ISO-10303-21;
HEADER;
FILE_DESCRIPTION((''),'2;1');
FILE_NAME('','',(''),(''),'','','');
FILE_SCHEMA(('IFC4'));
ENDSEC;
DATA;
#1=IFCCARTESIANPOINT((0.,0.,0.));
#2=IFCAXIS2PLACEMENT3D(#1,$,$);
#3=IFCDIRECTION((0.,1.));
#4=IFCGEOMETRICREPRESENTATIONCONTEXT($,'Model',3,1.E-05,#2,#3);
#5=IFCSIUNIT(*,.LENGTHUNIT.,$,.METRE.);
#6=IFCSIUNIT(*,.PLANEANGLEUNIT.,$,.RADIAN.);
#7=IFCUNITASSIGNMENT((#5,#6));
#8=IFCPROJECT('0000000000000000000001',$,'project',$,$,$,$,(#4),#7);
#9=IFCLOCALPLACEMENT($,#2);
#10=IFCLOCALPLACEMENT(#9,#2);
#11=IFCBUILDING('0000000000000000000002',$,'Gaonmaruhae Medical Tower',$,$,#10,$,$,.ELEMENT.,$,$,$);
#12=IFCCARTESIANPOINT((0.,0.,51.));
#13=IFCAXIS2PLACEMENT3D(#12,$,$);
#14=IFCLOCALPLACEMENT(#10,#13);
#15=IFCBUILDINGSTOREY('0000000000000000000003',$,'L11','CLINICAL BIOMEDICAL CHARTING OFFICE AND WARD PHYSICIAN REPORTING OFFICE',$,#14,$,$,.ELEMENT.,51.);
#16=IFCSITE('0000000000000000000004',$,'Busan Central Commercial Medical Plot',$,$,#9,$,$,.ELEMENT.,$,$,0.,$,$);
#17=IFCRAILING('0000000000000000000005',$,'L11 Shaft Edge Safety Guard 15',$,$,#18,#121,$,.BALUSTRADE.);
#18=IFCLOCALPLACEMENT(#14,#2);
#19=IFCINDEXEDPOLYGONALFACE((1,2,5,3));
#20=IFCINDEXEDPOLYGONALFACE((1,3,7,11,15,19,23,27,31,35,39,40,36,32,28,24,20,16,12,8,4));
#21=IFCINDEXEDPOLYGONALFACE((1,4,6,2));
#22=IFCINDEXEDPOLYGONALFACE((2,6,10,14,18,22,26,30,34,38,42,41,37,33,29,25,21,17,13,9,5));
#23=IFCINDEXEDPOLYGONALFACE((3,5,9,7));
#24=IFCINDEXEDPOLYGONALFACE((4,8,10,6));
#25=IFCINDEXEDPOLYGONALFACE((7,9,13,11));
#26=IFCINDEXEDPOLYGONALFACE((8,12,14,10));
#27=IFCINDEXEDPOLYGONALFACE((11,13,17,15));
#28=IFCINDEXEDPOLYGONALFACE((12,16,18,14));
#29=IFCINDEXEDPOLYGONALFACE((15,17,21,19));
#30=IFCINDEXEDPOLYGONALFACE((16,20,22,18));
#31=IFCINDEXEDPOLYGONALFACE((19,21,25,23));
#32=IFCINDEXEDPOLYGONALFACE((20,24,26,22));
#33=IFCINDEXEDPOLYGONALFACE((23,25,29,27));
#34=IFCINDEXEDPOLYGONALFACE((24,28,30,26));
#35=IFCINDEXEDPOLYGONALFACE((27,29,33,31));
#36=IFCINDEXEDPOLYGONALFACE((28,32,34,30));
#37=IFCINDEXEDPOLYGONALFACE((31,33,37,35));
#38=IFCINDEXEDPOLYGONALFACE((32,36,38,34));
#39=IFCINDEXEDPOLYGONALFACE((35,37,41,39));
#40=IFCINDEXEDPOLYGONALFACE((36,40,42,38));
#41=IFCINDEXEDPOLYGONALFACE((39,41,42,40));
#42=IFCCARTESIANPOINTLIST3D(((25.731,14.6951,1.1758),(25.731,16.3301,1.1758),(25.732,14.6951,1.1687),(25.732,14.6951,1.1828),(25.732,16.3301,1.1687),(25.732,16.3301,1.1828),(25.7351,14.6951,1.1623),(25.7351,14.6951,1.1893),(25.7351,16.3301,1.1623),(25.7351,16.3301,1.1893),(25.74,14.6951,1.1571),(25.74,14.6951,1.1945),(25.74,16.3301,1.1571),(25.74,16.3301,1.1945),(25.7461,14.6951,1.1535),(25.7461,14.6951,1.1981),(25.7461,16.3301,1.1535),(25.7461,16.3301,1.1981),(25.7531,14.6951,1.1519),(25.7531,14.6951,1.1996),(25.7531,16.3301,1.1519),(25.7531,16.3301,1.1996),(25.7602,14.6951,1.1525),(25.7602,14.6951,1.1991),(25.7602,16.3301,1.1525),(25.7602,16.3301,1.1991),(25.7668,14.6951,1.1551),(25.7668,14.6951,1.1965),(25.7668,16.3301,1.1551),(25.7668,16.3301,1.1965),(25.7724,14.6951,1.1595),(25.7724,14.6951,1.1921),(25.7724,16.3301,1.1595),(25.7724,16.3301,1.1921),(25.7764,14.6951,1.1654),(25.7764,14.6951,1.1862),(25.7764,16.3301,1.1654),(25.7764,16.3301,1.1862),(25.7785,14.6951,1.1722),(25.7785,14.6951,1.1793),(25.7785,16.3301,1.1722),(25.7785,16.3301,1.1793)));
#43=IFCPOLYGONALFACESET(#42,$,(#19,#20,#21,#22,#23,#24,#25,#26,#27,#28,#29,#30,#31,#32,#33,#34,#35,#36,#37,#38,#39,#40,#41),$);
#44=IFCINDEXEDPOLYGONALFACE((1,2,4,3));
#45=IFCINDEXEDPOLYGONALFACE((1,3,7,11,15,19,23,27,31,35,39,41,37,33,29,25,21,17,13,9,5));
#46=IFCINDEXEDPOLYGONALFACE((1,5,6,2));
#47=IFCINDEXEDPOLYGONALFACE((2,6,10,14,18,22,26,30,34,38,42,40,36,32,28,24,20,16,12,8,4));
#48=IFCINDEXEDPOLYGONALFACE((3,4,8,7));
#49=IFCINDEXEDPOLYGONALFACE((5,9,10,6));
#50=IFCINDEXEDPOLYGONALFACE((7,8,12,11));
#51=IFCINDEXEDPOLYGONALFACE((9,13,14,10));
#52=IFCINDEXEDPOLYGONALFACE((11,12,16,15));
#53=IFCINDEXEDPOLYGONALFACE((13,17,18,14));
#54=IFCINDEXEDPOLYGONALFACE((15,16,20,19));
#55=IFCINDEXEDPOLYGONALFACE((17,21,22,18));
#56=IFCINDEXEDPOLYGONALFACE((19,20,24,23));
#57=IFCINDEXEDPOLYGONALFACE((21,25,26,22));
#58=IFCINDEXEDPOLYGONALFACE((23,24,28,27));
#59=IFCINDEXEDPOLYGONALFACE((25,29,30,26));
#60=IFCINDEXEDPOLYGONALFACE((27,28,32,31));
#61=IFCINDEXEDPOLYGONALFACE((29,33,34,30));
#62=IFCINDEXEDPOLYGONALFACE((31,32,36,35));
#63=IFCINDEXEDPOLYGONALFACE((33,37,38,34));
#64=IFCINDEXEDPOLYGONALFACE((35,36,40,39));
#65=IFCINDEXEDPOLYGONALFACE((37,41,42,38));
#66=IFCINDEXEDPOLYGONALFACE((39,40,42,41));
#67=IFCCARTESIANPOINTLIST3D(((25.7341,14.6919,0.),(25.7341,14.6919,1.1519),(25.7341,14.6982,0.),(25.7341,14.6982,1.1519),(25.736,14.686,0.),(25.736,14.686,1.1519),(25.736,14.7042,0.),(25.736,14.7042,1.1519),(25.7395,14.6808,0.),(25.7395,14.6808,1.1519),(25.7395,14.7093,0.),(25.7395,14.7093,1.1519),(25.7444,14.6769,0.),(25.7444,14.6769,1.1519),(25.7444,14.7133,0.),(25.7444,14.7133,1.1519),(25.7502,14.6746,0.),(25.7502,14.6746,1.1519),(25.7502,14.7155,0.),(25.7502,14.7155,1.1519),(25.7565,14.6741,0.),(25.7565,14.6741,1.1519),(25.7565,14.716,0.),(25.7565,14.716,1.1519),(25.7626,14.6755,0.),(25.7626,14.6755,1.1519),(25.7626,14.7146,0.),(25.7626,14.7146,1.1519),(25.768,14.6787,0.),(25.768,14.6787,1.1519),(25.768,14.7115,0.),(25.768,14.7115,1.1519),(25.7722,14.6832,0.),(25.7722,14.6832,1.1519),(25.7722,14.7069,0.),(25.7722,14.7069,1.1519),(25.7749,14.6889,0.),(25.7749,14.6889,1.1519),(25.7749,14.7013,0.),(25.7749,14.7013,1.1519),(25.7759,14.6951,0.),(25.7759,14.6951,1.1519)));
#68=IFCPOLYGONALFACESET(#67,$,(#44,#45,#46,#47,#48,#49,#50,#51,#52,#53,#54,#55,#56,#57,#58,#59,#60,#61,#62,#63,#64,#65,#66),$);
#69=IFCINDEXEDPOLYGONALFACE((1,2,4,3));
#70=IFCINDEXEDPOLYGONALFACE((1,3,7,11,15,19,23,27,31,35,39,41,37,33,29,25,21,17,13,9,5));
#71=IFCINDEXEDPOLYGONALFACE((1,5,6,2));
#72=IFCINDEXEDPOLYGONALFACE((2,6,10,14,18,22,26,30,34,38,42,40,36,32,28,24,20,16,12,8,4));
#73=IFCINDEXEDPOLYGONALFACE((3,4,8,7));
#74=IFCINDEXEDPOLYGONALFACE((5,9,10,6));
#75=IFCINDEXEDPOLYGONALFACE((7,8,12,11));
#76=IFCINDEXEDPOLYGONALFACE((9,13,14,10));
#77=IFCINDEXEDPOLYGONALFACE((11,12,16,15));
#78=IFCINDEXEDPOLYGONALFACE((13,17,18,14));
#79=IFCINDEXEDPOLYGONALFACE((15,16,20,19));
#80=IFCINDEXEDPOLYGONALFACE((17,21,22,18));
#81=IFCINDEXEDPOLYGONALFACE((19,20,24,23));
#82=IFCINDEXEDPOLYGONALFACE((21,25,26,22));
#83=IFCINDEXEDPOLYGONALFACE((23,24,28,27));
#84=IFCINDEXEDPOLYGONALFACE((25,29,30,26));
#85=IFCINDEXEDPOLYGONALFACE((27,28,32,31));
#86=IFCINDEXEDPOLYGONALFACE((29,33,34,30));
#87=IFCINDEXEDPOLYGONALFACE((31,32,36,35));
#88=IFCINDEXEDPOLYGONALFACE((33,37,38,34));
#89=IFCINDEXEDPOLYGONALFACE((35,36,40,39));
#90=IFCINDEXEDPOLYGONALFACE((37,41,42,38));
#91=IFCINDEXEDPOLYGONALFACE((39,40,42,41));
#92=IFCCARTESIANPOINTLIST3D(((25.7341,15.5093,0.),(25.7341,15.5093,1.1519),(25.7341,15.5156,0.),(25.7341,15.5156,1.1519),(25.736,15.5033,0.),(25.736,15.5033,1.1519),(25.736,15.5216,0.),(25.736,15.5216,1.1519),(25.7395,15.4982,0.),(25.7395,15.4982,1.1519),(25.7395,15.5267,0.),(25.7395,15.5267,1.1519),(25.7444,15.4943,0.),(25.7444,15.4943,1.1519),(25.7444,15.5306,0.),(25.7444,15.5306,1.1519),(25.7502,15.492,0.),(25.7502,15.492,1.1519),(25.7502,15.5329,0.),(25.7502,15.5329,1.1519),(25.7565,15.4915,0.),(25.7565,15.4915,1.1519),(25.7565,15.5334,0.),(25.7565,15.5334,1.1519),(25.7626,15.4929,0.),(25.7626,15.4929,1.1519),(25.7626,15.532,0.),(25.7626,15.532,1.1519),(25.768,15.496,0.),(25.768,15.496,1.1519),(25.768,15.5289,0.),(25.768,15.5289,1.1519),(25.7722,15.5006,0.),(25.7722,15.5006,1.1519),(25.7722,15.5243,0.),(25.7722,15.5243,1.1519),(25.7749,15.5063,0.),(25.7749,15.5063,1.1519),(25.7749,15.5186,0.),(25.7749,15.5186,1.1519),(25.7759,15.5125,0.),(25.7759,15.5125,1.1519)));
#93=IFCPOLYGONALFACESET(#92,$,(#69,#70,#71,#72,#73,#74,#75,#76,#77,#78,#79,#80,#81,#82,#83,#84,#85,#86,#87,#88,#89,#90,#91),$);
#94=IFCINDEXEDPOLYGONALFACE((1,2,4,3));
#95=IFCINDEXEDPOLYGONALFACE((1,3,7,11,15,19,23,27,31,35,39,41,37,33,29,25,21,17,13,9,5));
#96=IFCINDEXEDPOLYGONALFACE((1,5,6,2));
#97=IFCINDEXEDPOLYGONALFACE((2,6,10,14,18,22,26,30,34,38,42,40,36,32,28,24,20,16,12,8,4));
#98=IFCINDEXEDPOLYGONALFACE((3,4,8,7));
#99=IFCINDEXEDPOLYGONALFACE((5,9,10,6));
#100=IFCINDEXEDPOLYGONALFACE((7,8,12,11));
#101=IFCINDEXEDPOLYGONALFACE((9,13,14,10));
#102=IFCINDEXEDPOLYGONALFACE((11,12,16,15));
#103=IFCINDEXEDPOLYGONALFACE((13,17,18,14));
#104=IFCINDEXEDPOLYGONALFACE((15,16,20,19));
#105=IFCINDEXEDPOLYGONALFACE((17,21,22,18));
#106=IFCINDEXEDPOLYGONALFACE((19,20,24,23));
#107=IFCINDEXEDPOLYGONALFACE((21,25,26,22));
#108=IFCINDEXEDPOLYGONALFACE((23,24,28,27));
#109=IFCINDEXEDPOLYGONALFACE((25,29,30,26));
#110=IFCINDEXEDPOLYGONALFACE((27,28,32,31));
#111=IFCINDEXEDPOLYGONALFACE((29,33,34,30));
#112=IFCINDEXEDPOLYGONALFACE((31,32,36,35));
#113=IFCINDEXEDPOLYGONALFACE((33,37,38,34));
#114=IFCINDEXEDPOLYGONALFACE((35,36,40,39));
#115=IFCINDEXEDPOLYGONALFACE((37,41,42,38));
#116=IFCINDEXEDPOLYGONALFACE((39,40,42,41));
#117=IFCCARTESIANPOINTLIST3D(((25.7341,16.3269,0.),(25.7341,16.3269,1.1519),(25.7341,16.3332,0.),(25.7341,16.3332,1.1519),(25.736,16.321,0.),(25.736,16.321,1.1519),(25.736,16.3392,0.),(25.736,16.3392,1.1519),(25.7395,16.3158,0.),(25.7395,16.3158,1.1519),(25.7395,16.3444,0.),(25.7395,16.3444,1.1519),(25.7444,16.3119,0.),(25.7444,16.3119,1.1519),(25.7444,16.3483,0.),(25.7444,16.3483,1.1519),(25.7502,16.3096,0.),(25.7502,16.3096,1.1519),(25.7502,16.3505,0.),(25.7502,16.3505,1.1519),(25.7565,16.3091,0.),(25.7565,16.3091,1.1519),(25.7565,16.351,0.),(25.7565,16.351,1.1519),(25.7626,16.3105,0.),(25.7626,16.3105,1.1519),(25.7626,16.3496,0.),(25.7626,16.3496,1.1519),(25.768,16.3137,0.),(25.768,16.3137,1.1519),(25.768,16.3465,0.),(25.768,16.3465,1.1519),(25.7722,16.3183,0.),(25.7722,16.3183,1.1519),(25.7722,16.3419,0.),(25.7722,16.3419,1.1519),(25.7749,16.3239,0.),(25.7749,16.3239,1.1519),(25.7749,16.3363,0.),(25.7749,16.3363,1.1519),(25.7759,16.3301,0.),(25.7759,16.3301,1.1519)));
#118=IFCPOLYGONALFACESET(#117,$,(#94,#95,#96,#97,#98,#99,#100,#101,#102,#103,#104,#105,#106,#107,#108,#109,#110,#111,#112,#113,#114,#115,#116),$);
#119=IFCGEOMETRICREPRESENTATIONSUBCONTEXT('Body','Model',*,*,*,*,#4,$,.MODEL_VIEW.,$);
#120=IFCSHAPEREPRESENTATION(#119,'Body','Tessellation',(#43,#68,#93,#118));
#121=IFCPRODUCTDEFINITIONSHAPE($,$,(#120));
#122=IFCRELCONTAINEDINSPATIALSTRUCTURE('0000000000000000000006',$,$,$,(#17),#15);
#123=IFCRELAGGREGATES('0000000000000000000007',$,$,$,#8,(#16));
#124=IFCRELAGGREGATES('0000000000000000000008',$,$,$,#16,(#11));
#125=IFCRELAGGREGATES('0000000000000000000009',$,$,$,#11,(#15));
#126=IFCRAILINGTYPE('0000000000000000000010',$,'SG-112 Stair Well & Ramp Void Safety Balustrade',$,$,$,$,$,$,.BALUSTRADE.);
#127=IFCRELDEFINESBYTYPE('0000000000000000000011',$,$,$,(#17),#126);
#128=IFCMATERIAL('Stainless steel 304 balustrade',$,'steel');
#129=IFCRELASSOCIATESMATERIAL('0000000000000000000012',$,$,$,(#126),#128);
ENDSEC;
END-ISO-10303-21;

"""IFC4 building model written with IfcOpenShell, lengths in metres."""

from ifc_helpers import new_model, si_unit, direction, frame, origin, origin_2d, place, context, subcontext, project, spatial, circle, extrude, material, type_object, element, save


model = new_model("IFC4")

# Units and contexts
model_context = context("Model", 3, precision=1e-05, world=origin(), true_north=direction((0.0, 1.0)))
body_context = subcontext(model_context, "Body", "Model", "MODEL_VIEW")
ifc_project = project(units=[si_unit("LENGTHUNIT", "METRE"), si_unit("PLANEANGLEUNIT", "RADIAN")], contexts=[model_context])

# Site, building, storey
site_placement = place(None, origin())
site = spatial("IfcSite", under=ifc_project, at=site_placement, Name="Busan Central Commercial Medical Plot", CompositionType="ELEMENT", RefElevation=0.0)
building_placement = place(site_placement, origin())
building = spatial("IfcBuilding", under=site, at=building_placement, Name="Gaonmaruhae Medical Tower", CompositionType="ELEMENT")
storey_placement = place(building_placement, frame((0.0, 0.0, 51.0)))
storey = spatial("IfcBuildingStorey", under=building, at=storey_placement, Name="L11", Description="CLINICAL BIOMEDICAL CHARTING OFFICE AND WARD PHYSICIAN REPORTING OFFICE", CompositionType="ELEMENT", Elevation=51.0)

# Railing
ifc_material_1 = material(Name="Stainless steel 304 balustrade", Category="steel")
railing_type = type_object("IfcRailingType", Name="SG-112 Stair Well & Ramp Void Safety Balustrade", PredefinedType="BALUSTRADE", material=ifc_material_1)
railing_1_placement = place(storey_placement, frame((25.7549, 14.6951, 0.0)))
element("IfcRailing", 1, at=railing_1_placement, inside=storey, type_object=railing_type, Name="L11 Shaft Edge Safety Guard 15", PredefinedType="BALUSTRADE", context=body_context, shape_type="SweptSolid", body=[
    extrude(circle(Radius=0.0239, at=origin_2d()), frame((0.0, 0.0, 1.1758), z_axis=(0.0, 1.0, 0.0), x_axis=(-1.0, 0.0, 0.0)), (0.0, 0.0, 1.0), 1.635),
    extrude(circle(Radius=0.021, at=origin_2d()), origin(), (0.0, 0.0, 1.0), 1.1519),
    extrude(circle(Radius=0.021, at=origin_2d()), frame((0.0, 0.8174, 0.0)), (0.0, 0.0, 1.0), 1.1519),
    extrude(circle(Radius=0.021, at=origin_2d()), frame((0.0, 1.635, 0.0)), (0.0, 0.0, 1.0), 1.1519),
])

save(model, "model.ifc")
